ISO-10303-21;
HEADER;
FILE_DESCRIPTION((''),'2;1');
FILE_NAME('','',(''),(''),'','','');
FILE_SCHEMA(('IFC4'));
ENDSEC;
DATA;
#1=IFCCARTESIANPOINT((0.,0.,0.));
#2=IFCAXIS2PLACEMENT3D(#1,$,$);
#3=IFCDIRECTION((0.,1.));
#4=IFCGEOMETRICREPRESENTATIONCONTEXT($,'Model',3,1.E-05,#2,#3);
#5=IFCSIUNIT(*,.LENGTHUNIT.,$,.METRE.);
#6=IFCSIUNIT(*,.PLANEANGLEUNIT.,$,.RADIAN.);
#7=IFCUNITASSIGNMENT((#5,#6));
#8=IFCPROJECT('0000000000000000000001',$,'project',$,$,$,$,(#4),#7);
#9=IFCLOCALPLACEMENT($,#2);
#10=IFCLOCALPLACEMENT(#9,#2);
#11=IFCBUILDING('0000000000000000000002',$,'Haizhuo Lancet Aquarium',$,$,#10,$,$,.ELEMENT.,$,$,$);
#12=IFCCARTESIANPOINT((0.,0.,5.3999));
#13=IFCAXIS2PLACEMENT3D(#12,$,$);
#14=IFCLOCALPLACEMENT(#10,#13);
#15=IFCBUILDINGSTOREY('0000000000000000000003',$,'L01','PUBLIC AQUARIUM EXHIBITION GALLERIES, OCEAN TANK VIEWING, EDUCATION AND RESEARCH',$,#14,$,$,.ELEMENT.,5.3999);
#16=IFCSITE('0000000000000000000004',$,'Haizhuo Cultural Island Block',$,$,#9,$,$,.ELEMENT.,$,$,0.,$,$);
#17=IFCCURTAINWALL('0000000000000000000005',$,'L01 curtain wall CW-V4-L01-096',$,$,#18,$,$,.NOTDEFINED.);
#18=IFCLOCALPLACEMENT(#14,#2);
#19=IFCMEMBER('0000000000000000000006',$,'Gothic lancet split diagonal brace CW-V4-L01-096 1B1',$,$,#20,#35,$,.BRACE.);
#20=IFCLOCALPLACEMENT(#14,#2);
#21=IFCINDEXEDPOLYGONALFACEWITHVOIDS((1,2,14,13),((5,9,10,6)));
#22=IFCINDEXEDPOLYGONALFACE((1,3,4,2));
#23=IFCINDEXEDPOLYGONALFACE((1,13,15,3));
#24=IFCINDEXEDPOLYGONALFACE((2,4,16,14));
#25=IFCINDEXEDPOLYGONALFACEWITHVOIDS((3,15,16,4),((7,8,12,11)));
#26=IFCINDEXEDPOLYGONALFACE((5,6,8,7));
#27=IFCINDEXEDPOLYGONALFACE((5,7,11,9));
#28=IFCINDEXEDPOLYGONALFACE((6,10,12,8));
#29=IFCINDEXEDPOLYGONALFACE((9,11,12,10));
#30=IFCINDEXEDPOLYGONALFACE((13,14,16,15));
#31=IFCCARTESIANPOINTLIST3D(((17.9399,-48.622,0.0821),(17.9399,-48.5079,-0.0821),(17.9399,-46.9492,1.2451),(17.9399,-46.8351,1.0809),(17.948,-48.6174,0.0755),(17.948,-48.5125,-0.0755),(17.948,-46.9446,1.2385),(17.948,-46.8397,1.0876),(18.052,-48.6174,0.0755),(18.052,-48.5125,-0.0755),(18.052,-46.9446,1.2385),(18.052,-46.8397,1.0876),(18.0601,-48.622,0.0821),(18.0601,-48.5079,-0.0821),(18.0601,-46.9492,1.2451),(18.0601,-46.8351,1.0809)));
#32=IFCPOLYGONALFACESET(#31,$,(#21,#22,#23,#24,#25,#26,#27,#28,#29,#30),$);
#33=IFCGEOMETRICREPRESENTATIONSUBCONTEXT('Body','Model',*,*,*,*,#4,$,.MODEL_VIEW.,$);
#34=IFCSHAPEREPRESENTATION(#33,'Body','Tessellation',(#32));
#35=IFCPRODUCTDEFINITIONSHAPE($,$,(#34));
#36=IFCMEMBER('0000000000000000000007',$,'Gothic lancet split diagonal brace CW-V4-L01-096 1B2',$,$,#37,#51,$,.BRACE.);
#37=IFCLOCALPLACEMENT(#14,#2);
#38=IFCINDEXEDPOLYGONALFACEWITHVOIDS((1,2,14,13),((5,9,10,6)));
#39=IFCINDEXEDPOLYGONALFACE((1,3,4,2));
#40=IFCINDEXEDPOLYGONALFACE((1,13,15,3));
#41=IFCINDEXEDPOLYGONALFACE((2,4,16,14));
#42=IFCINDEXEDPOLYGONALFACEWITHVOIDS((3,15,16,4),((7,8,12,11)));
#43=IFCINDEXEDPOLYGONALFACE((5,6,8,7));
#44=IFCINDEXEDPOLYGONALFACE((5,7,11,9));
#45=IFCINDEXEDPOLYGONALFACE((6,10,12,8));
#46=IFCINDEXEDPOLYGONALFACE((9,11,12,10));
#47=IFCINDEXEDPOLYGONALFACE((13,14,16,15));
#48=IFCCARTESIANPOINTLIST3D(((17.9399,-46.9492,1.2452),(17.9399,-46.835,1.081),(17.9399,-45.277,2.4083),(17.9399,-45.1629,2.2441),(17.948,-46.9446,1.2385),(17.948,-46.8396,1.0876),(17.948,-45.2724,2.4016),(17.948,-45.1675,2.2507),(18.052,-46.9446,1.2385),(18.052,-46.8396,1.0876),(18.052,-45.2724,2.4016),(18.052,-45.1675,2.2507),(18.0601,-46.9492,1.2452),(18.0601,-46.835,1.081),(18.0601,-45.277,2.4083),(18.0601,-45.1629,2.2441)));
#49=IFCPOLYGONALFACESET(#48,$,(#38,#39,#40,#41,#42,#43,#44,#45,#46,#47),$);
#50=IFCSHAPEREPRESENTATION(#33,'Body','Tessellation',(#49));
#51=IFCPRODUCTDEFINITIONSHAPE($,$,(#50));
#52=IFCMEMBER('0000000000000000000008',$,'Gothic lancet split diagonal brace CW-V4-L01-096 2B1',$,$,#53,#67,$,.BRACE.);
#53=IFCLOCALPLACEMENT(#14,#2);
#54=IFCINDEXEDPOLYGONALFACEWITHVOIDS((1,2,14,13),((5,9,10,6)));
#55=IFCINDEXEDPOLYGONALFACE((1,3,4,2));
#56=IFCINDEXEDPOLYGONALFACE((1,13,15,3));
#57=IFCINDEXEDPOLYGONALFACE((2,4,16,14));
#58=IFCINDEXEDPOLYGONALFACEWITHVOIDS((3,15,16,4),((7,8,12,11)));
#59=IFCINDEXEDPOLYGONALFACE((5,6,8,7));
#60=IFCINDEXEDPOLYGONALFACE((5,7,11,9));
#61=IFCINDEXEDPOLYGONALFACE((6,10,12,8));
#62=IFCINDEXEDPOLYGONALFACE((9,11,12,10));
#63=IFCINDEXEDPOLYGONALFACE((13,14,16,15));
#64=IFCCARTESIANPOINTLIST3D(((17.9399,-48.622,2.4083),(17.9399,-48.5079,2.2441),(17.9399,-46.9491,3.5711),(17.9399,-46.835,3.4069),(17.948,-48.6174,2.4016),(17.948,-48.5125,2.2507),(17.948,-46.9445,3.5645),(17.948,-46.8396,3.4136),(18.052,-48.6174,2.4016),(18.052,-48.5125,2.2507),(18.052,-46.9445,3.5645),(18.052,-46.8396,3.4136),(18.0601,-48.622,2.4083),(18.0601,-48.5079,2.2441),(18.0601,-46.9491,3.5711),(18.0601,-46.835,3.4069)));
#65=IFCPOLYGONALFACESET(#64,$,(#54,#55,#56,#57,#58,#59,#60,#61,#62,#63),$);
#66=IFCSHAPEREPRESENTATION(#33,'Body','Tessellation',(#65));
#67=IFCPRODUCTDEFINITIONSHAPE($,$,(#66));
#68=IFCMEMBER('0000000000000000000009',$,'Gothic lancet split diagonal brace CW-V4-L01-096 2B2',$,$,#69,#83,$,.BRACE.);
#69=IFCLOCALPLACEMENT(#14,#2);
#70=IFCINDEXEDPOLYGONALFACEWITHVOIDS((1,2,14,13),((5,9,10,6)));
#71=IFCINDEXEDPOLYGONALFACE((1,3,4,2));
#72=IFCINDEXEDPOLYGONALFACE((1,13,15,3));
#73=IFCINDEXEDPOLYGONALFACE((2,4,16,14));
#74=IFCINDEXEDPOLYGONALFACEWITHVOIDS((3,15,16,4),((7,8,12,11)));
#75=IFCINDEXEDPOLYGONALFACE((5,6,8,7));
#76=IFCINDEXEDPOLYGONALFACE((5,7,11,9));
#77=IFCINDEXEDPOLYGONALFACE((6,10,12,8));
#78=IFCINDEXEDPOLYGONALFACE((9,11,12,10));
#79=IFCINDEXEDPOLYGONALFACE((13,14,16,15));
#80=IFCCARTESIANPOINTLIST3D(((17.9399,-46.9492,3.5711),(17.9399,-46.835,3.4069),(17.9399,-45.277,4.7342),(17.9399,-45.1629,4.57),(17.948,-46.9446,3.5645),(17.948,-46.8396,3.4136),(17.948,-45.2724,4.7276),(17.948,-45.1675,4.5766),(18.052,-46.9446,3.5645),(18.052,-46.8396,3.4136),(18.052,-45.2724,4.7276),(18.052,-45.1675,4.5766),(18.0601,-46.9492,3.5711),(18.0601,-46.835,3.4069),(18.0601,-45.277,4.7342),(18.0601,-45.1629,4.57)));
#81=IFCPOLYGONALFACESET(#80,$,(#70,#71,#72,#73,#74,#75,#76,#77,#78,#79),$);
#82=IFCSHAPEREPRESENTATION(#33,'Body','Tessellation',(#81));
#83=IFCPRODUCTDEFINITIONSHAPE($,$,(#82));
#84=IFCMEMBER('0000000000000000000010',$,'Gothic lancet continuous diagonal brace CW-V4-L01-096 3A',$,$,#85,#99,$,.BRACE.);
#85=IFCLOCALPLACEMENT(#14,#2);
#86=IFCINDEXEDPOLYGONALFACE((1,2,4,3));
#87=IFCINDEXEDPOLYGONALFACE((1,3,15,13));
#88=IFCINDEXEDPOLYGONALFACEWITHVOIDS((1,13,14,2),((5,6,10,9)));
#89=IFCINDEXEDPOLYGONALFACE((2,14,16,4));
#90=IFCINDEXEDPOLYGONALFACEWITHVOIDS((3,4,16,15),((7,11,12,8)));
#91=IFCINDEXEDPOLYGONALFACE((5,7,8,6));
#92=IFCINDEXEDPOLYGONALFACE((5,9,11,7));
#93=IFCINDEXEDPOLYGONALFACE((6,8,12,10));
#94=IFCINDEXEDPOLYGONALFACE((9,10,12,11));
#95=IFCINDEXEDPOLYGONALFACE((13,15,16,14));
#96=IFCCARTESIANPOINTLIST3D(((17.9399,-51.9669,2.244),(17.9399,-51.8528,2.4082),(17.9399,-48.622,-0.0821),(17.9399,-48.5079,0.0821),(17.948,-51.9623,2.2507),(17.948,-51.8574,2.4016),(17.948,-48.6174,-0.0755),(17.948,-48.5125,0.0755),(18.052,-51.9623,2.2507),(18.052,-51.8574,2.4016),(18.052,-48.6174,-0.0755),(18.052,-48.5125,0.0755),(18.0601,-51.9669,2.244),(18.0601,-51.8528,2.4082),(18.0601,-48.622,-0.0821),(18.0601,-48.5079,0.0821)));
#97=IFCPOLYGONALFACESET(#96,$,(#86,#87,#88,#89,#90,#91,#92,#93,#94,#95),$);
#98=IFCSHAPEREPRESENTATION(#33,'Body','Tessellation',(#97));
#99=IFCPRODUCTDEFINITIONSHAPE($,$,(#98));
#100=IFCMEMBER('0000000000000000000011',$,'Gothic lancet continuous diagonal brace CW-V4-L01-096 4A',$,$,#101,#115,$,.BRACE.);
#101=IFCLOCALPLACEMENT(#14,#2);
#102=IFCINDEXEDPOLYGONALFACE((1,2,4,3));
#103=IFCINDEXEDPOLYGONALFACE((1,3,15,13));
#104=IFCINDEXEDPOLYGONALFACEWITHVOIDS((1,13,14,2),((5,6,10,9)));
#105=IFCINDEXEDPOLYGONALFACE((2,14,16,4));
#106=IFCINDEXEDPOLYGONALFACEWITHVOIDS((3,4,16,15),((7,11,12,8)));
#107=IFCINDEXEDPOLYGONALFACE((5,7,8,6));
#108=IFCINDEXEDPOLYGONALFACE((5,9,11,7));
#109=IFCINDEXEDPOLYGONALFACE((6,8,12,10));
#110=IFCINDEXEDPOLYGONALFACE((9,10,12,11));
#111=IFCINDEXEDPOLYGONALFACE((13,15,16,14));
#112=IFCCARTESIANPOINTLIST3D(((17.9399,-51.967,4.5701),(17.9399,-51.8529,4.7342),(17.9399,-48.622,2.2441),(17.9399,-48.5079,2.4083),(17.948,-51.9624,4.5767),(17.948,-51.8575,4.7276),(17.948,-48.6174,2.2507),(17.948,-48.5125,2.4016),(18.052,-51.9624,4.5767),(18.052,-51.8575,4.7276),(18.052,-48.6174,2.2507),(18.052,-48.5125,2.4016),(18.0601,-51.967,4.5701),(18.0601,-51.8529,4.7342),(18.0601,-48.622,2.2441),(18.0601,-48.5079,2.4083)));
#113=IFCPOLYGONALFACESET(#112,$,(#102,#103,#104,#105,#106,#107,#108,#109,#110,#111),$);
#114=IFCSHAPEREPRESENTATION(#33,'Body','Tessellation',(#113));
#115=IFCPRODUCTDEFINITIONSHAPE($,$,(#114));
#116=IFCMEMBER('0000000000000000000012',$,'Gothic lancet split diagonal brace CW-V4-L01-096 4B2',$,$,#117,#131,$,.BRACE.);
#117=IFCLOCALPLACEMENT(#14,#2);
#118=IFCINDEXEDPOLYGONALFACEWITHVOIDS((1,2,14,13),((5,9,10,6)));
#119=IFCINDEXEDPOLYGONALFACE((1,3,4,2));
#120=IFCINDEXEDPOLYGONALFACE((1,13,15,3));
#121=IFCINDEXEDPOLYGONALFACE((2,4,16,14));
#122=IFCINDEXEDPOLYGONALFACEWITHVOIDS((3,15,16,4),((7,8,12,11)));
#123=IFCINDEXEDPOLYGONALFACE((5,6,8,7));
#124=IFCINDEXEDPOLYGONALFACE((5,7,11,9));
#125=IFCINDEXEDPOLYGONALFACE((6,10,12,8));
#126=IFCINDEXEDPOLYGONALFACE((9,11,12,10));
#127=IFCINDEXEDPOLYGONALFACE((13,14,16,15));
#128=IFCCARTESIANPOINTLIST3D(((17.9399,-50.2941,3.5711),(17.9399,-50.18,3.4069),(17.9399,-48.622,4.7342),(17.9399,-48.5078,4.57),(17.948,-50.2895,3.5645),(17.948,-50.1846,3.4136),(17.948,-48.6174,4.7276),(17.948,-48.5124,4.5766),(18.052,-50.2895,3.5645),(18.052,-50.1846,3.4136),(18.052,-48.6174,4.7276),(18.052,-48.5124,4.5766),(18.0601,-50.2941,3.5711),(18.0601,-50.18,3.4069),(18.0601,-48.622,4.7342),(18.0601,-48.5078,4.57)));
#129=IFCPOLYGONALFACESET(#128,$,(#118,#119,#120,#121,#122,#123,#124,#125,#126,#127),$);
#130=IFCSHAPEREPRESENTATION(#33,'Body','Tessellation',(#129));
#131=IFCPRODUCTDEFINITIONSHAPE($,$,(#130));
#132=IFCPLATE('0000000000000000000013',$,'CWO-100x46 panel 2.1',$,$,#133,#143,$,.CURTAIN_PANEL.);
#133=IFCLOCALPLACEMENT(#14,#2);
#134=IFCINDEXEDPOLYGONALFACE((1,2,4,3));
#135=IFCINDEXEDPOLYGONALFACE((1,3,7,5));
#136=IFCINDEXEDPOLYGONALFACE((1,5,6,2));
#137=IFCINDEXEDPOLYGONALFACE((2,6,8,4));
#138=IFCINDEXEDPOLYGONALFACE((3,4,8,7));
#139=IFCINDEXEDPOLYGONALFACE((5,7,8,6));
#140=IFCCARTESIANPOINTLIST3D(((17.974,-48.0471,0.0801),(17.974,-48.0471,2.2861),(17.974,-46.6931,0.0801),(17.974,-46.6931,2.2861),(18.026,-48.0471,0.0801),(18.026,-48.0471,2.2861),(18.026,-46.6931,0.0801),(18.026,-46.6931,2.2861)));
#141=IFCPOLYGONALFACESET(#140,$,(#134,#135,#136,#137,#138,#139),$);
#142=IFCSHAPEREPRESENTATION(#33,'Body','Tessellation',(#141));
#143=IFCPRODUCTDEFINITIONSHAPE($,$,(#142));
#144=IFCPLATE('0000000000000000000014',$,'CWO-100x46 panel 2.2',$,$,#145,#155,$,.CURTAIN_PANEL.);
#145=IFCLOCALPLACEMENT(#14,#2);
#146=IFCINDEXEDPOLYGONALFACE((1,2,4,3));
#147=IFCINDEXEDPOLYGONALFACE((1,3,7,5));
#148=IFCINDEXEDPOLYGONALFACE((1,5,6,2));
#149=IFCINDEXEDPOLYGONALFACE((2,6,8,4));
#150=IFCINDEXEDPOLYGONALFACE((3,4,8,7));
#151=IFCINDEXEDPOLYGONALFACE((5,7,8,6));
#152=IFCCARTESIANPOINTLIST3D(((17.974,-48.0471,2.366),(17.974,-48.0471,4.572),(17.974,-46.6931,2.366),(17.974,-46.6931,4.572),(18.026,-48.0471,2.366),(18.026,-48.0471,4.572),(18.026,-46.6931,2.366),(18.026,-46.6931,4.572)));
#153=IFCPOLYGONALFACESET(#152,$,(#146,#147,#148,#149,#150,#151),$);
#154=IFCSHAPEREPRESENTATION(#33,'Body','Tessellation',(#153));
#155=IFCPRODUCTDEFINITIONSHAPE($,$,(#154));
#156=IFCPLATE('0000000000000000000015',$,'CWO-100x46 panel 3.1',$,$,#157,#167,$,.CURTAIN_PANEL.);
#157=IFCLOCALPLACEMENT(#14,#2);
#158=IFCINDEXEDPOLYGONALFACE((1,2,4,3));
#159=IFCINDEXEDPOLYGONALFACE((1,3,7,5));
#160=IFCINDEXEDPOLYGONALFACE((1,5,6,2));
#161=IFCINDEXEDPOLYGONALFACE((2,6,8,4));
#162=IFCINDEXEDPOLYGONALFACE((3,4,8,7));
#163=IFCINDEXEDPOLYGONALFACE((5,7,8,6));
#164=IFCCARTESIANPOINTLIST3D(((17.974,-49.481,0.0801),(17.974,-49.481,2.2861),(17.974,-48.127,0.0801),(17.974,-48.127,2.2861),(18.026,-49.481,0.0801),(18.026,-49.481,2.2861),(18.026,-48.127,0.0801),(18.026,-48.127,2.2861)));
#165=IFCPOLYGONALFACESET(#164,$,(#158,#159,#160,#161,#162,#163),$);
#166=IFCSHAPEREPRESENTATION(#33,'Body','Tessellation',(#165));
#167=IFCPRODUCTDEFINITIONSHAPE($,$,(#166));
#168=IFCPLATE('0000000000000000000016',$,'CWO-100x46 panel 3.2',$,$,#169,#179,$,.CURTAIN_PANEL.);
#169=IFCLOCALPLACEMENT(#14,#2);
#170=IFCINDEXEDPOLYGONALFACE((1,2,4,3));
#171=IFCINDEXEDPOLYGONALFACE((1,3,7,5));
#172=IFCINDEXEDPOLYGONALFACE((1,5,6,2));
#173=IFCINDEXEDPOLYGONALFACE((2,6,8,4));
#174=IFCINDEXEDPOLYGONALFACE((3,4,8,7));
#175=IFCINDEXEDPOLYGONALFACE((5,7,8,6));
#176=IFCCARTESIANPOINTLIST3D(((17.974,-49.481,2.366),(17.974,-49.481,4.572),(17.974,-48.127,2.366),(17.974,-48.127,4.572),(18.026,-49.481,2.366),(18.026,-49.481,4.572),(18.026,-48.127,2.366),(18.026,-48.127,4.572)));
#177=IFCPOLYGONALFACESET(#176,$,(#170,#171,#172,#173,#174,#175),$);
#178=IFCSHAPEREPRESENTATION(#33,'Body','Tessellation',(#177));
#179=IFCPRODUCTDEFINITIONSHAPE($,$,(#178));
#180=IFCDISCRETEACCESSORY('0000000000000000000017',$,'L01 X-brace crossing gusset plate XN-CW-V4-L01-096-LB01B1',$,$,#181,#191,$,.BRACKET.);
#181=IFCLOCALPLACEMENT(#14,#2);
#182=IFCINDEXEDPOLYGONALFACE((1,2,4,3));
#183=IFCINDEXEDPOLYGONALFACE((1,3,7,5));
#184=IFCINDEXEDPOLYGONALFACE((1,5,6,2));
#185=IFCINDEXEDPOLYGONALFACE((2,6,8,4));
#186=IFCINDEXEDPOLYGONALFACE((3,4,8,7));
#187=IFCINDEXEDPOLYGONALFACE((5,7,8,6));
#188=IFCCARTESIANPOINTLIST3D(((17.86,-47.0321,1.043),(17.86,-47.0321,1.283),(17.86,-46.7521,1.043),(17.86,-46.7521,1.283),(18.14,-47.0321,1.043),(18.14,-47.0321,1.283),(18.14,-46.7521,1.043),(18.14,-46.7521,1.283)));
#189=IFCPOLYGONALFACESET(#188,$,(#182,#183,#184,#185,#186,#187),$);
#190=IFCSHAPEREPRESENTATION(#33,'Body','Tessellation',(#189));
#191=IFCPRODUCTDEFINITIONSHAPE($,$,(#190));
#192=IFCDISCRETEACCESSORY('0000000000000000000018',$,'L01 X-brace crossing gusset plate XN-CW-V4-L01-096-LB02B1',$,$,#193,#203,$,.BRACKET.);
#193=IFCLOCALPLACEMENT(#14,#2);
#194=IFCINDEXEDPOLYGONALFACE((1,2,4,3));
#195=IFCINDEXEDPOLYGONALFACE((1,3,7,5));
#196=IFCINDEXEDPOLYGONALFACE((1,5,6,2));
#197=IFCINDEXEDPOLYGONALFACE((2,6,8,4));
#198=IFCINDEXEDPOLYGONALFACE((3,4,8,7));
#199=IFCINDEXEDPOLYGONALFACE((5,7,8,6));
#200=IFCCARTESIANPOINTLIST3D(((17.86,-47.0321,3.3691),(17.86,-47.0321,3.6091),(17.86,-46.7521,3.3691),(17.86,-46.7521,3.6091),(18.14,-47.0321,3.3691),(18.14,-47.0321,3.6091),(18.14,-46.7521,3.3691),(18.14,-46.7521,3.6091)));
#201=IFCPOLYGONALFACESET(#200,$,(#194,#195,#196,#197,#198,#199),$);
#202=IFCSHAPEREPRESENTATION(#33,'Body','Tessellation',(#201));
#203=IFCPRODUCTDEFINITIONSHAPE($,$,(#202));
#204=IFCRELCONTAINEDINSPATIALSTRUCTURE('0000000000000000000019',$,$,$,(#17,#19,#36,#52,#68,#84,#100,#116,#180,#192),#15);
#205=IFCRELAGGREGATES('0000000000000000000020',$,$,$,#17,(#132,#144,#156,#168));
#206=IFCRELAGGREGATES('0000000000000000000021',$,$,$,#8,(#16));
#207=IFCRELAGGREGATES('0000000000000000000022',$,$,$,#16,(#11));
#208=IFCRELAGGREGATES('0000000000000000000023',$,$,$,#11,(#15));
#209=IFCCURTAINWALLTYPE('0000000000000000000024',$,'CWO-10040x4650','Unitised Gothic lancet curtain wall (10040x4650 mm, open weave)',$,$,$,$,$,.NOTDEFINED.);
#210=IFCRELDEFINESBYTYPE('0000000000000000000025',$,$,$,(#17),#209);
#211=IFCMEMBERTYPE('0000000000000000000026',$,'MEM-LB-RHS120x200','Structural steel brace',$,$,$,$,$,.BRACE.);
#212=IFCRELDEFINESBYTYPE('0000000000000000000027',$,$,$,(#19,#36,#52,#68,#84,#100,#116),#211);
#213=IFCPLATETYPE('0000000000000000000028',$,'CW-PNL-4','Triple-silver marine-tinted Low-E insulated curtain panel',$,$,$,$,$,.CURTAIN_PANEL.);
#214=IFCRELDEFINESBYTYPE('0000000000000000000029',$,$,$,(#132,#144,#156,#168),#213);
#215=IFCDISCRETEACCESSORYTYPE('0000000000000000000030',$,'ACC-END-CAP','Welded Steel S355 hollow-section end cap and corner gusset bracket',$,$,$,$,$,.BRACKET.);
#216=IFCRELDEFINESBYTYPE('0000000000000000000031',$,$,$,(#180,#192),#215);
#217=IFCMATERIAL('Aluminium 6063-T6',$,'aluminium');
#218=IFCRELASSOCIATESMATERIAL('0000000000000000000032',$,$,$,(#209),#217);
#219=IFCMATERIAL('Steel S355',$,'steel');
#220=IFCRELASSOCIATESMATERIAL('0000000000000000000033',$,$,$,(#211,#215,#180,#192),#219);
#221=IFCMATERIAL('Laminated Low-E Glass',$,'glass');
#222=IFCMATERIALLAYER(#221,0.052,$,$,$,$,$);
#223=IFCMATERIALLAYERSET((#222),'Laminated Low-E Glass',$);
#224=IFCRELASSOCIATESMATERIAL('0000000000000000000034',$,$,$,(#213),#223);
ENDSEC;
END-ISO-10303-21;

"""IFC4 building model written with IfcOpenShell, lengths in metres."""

from ifc_helpers import new_model, si_unit, direction, frame, origin, origin_2d, place, context, subcontext, project, spatial, rectangle, hollow_rectangle, extrude, material, layer, layer_set, material_profile, profile_set, type_object, element, aggregate, save


model = new_model("IFC4")

# Units and contexts
model_context = context("Model", 3, precision=1e-05, world=origin(), true_north=direction((0.0, 1.0)))
body_context = subcontext(model_context, "Body", "Model", "MODEL_VIEW")
ifc_project = project(units=[si_unit("LENGTHUNIT", "METRE"), si_unit("PLANEANGLEUNIT", "RADIAN")], contexts=[model_context])

# Site, building, storey
site_placement = place(None, origin())
site = spatial("IfcSite", under=ifc_project, at=site_placement, Name="Haizhuo Cultural Island Block", CompositionType="ELEMENT", RefElevation=0.0)
building_placement = place(site_placement, origin())
building = spatial("IfcBuilding", under=site, at=building_placement, Name="Haizhuo Lancet Aquarium", CompositionType="ELEMENT")
storey_placement = place(building_placement, frame((0.0, 0.0, 5.3999)))
storey = spatial("IfcBuildingStorey", under=building, at=storey_placement, Name="L01", Description="PUBLIC AQUARIUM EXHIBITION GALLERIES, OCEAN TANK VIEWING, EDUCATION AND RESEARCH", CompositionType="ELEMENT", Elevation=5.3999)

# Curtain wall
ifc_material_1 = material(Name="Aluminium 6063-T6", Category="aluminium")
curtain_wall_type = type_object("IfcCurtainWallType", Name="CWO-10040x4650", Description="Unitised Gothic lancet curtain wall (10040x4650 mm, open weave)", PredefinedType="NOTDEFINED", material=ifc_material_1)
curtain_wall_placement = place(storey_placement, origin())
curtain_wall = element("IfcCurtainWall", 1, at=curtain_wall_placement, inside=storey, type_object=curtain_wall_type, Name="L01 curtain wall CW-V4-L01-096", PredefinedType="NOTDEFINED")

# Shared definitions
ifc_material_2 = material(Name="Steel S355", Category="steel")

# Members
ifc_material_profile_1 = material_profile(ifc_material_2, hollow_rectangle(XDim=0.1201, YDim=0.2, WallThickness=0.0081, at=origin_2d()), Name="RHS 120x200x8")
ifc_profile_set_1 = profile_set([ifc_material_profile_1], Name="Steel S355")
member_type_1 = type_object("IfcMemberType", Name="MEM-LB-RHS120x200", Description="Structural steel brace", PredefinedType="BRACE", material=ifc_profile_set_1)
member_1_placement = place(storey_placement, frame((18.0, -48.5649, 0.0), z_axis=(0.0, 0.821052, 0.570854), x_axis=(-1.0, 0.0, 0.0)))
element("IfcMember", 2, at=member_1_placement, inside=storey, type_object=member_type_1, Name="Gothic lancet split diagonal brace CW-V4-L01-096 1B1", PredefinedType="BRACE", context=body_context, shape_type="SweptSolid", body=[
    extrude(hollow_rectangle(XDim=0.1201, YDim=0.2, WallThickness=0.0081, at=origin_2d()), origin(), (0.0, 0.0, 1.0), 2.0374),
])
member_2_placement = place(storey_placement, frame((18.0, -46.8921, 1.1631), z_axis=(0.0, 0.820935, 0.571022), x_axis=(-1.0, 0.0, 0.0)))
element("IfcMember", 3, at=member_2_placement, inside=storey, type_object=member_type_1, Name="Gothic lancet split diagonal brace CW-V4-L01-096 1B2", PredefinedType="BRACE", context=body_context, shape_type="SweptSolid", body=[
    extrude(hollow_rectangle(XDim=0.1201, YDim=0.2, WallThickness=0.0081, at=origin_2d()), origin(), (0.0, 0.0, 1.0), 2.0369),
])
member_3_placement = place(storey_placement, frame((18.0, -48.5649, 2.3262), z_axis=(0.0, 0.821108, 0.570773), x_axis=(-1.0, 0.0, 0.0)))
element("IfcMember", 4, at=member_3_placement, inside=storey, type_object=member_type_1, Name="Gothic lancet split diagonal brace CW-V4-L01-096 2B1", PredefinedType="BRACE", context=body_context, shape_type="SweptSolid", body=[
    extrude(hollow_rectangle(XDim=0.1201, YDim=0.2, WallThickness=0.0081, at=origin_2d()), origin(), (0.0, 0.0, 1.0), 2.0374),
])
member_4_placement = place(storey_placement, frame((18.0, -46.8921, 3.489), z_axis=(0.0, 0.820935, 0.571022), x_axis=(-1.0, 0.0, 0.0)))
element("IfcMember", 5, at=member_4_placement, inside=storey, type_object=member_type_1, Name="Gothic lancet split diagonal brace CW-V4-L01-096 2B2", PredefinedType="BRACE", context=body_context, shape_type="SweptSolid", body=[
    extrude(hollow_rectangle(XDim=0.1201, YDim=0.2, WallThickness=0.0081, at=origin_2d()), origin(), (0.0, 0.0, 1.0), 2.0369),
])
for number, where, z_axis, x_axis, name in (
    (6, (18.0, -48.5649, 0.0), (0.0, -0.820993, 0.570938), (1.0, 0.0, 0.0), "Gothic lancet continuous diagonal brace CW-V4-L01-096 3A"),
    (7, (18.0, -48.5649, 2.3262), (0.0, -0.821021, 0.570898), (1.0, 0.0, 0.0), "Gothic lancet continuous diagonal brace CW-V4-L01-096 4A"),
):
    element("IfcMember", number, at=place(storey_placement, frame(where, z_axis=z_axis, x_axis=x_axis)), inside=storey, type_object=member_type_1, Name=name, PredefinedType="BRACE", context=body_context, shape_type="SweptSolid", body=[
        extrude(hollow_rectangle(XDim=0.1201, YDim=0.2, WallThickness=0.0081, at=origin_2d()), origin(), (0.0, 0.0, 1.0), 4.0742),
    ])
member_5_placement = place(storey_placement, frame((18.0, -50.2371, 3.489), z_axis=(0.0, 0.820935, 0.571022), x_axis=(-1.0, 0.0, 0.0)))
element("IfcMember", 8, at=member_5_placement, inside=storey, type_object=member_type_1, Name="Gothic lancet split diagonal brace CW-V4-L01-096 4B2", PredefinedType="BRACE", context=body_context, shape_type="SweptSolid", body=[
    extrude(hollow_rectangle(XDim=0.1201, YDim=0.2, WallThickness=0.0081, at=origin_2d()), origin(), (0.0, 0.0, 1.0), 2.0369),
])

# Plates
ifc_material_3 = material(Name="Laminated Low-E Glass", Category="glass")
ifc_layer = layer(ifc_material_3, 0.052)
ifc_layer_set = layer_set([ifc_layer], Name="Laminated Low-E Glass")
plate_type = type_object("IfcPlateType", Name="CW-PNL-4", Description="Triple-silver marine-tinted Low-E insulated curtain panel", PredefinedType="CURTAIN_PANEL", material=ifc_layer_set)
plate_1_placement = place(storey_placement, frame((18.0, -47.3701, 0.0801), z_axis=(0.0, 0.0, 1.0), x_axis=(0.0, -1.0, 0.0)))
plate_1 = element("IfcPlate", 9, at=plate_1_placement, type_object=plate_type, Name="CWO-100x46 panel 2.1", PredefinedType="CURTAIN_PANEL", context=body_context, shape_type="SweptSolid", body=[
    extrude(rectangle(XDim=1.354, YDim=0.052, at=origin_2d()), origin(), (0.0, 0.0, 1.0), 2.2061),
])
plate_2_placement = place(storey_placement, frame((18.0, -47.3701, 2.366), z_axis=(0.0, 0.0, 1.0), x_axis=(0.0, -1.0, 0.0)))
plate_2 = element("IfcPlate", 10, at=plate_2_placement, type_object=plate_type, Name="CWO-100x46 panel 2.2", PredefinedType="CURTAIN_PANEL", context=body_context, shape_type="SweptSolid", body=[
    extrude(rectangle(XDim=1.354, YDim=0.052, at=origin_2d()), origin(), (0.0, 0.0, 1.0), 2.2061),
])
plate_3_placement = place(storey_placement, frame((18.0, -48.804, 0.0801), z_axis=(0.0, 0.0, 1.0), x_axis=(0.0, -1.0, 0.0)))
plate_3 = element("IfcPlate", 11, at=plate_3_placement, type_object=plate_type, Name="CWO-100x46 panel 3.1", PredefinedType="CURTAIN_PANEL", context=body_context, shape_type="SweptSolid", body=[
    extrude(rectangle(XDim=1.354, YDim=0.052, at=origin_2d()), origin(), (0.0, 0.0, 1.0), 2.2061),
])
plate_4_placement = place(storey_placement, frame((18.0, -48.804, 2.366), z_axis=(0.0, 0.0, 1.0), x_axis=(0.0, -1.0, 0.0)))
plate_4 = element("IfcPlate", 12, at=plate_4_placement, type_object=plate_type, Name="CWO-100x46 panel 3.2", PredefinedType="CURTAIN_PANEL", context=body_context, shape_type="SweptSolid", body=[
    extrude(rectangle(XDim=1.354, YDim=0.052, at=origin_2d()), origin(), (0.0, 0.0, 1.0), 2.2061),
])
aggregate(curtain_wall, [plate_1, plate_2, plate_3, plate_4])

# Discrete accessories
discrete_accessory_type = type_object("IfcDiscreteAccessoryType", Name="ACC-END-CAP", Description="Welded Steel S355 hollow-section end cap and corner gusset bracket", PredefinedType="BRACKET", material=ifc_material_2)
for number, where, z_axis, x_axis, name in (
    (13, (18.0, -46.8921, 1.043), (0.0, 0.0, 1.0), (1.0, 0.0, 0.0), "L01 X-brace crossing gusset plate XN-CW-V4-L01-096-LB01B1"),
    (14, (18.0, -46.8921, 3.3691), (0.0, 0.0, 1.0), (1.0, 0.0, 0.0), "L01 X-brace crossing gusset plate XN-CW-V4-L01-096-LB02B1"),
):
    element("IfcDiscreteAccessory", number, at=place(storey_placement, frame(where, z_axis=z_axis, x_axis=x_axis)), inside=storey, type_object=discrete_accessory_type, material=ifc_material_2, Name=name, PredefinedType="BRACKET", context=body_context, shape_type="SweptSolid", body=[
        extrude(rectangle(XDim=0.28, YDim=0.28, at=origin_2d()), origin(), (0.0, 0.0, 1.0), 0.24),
    ])

save(model, "model.ifc")
